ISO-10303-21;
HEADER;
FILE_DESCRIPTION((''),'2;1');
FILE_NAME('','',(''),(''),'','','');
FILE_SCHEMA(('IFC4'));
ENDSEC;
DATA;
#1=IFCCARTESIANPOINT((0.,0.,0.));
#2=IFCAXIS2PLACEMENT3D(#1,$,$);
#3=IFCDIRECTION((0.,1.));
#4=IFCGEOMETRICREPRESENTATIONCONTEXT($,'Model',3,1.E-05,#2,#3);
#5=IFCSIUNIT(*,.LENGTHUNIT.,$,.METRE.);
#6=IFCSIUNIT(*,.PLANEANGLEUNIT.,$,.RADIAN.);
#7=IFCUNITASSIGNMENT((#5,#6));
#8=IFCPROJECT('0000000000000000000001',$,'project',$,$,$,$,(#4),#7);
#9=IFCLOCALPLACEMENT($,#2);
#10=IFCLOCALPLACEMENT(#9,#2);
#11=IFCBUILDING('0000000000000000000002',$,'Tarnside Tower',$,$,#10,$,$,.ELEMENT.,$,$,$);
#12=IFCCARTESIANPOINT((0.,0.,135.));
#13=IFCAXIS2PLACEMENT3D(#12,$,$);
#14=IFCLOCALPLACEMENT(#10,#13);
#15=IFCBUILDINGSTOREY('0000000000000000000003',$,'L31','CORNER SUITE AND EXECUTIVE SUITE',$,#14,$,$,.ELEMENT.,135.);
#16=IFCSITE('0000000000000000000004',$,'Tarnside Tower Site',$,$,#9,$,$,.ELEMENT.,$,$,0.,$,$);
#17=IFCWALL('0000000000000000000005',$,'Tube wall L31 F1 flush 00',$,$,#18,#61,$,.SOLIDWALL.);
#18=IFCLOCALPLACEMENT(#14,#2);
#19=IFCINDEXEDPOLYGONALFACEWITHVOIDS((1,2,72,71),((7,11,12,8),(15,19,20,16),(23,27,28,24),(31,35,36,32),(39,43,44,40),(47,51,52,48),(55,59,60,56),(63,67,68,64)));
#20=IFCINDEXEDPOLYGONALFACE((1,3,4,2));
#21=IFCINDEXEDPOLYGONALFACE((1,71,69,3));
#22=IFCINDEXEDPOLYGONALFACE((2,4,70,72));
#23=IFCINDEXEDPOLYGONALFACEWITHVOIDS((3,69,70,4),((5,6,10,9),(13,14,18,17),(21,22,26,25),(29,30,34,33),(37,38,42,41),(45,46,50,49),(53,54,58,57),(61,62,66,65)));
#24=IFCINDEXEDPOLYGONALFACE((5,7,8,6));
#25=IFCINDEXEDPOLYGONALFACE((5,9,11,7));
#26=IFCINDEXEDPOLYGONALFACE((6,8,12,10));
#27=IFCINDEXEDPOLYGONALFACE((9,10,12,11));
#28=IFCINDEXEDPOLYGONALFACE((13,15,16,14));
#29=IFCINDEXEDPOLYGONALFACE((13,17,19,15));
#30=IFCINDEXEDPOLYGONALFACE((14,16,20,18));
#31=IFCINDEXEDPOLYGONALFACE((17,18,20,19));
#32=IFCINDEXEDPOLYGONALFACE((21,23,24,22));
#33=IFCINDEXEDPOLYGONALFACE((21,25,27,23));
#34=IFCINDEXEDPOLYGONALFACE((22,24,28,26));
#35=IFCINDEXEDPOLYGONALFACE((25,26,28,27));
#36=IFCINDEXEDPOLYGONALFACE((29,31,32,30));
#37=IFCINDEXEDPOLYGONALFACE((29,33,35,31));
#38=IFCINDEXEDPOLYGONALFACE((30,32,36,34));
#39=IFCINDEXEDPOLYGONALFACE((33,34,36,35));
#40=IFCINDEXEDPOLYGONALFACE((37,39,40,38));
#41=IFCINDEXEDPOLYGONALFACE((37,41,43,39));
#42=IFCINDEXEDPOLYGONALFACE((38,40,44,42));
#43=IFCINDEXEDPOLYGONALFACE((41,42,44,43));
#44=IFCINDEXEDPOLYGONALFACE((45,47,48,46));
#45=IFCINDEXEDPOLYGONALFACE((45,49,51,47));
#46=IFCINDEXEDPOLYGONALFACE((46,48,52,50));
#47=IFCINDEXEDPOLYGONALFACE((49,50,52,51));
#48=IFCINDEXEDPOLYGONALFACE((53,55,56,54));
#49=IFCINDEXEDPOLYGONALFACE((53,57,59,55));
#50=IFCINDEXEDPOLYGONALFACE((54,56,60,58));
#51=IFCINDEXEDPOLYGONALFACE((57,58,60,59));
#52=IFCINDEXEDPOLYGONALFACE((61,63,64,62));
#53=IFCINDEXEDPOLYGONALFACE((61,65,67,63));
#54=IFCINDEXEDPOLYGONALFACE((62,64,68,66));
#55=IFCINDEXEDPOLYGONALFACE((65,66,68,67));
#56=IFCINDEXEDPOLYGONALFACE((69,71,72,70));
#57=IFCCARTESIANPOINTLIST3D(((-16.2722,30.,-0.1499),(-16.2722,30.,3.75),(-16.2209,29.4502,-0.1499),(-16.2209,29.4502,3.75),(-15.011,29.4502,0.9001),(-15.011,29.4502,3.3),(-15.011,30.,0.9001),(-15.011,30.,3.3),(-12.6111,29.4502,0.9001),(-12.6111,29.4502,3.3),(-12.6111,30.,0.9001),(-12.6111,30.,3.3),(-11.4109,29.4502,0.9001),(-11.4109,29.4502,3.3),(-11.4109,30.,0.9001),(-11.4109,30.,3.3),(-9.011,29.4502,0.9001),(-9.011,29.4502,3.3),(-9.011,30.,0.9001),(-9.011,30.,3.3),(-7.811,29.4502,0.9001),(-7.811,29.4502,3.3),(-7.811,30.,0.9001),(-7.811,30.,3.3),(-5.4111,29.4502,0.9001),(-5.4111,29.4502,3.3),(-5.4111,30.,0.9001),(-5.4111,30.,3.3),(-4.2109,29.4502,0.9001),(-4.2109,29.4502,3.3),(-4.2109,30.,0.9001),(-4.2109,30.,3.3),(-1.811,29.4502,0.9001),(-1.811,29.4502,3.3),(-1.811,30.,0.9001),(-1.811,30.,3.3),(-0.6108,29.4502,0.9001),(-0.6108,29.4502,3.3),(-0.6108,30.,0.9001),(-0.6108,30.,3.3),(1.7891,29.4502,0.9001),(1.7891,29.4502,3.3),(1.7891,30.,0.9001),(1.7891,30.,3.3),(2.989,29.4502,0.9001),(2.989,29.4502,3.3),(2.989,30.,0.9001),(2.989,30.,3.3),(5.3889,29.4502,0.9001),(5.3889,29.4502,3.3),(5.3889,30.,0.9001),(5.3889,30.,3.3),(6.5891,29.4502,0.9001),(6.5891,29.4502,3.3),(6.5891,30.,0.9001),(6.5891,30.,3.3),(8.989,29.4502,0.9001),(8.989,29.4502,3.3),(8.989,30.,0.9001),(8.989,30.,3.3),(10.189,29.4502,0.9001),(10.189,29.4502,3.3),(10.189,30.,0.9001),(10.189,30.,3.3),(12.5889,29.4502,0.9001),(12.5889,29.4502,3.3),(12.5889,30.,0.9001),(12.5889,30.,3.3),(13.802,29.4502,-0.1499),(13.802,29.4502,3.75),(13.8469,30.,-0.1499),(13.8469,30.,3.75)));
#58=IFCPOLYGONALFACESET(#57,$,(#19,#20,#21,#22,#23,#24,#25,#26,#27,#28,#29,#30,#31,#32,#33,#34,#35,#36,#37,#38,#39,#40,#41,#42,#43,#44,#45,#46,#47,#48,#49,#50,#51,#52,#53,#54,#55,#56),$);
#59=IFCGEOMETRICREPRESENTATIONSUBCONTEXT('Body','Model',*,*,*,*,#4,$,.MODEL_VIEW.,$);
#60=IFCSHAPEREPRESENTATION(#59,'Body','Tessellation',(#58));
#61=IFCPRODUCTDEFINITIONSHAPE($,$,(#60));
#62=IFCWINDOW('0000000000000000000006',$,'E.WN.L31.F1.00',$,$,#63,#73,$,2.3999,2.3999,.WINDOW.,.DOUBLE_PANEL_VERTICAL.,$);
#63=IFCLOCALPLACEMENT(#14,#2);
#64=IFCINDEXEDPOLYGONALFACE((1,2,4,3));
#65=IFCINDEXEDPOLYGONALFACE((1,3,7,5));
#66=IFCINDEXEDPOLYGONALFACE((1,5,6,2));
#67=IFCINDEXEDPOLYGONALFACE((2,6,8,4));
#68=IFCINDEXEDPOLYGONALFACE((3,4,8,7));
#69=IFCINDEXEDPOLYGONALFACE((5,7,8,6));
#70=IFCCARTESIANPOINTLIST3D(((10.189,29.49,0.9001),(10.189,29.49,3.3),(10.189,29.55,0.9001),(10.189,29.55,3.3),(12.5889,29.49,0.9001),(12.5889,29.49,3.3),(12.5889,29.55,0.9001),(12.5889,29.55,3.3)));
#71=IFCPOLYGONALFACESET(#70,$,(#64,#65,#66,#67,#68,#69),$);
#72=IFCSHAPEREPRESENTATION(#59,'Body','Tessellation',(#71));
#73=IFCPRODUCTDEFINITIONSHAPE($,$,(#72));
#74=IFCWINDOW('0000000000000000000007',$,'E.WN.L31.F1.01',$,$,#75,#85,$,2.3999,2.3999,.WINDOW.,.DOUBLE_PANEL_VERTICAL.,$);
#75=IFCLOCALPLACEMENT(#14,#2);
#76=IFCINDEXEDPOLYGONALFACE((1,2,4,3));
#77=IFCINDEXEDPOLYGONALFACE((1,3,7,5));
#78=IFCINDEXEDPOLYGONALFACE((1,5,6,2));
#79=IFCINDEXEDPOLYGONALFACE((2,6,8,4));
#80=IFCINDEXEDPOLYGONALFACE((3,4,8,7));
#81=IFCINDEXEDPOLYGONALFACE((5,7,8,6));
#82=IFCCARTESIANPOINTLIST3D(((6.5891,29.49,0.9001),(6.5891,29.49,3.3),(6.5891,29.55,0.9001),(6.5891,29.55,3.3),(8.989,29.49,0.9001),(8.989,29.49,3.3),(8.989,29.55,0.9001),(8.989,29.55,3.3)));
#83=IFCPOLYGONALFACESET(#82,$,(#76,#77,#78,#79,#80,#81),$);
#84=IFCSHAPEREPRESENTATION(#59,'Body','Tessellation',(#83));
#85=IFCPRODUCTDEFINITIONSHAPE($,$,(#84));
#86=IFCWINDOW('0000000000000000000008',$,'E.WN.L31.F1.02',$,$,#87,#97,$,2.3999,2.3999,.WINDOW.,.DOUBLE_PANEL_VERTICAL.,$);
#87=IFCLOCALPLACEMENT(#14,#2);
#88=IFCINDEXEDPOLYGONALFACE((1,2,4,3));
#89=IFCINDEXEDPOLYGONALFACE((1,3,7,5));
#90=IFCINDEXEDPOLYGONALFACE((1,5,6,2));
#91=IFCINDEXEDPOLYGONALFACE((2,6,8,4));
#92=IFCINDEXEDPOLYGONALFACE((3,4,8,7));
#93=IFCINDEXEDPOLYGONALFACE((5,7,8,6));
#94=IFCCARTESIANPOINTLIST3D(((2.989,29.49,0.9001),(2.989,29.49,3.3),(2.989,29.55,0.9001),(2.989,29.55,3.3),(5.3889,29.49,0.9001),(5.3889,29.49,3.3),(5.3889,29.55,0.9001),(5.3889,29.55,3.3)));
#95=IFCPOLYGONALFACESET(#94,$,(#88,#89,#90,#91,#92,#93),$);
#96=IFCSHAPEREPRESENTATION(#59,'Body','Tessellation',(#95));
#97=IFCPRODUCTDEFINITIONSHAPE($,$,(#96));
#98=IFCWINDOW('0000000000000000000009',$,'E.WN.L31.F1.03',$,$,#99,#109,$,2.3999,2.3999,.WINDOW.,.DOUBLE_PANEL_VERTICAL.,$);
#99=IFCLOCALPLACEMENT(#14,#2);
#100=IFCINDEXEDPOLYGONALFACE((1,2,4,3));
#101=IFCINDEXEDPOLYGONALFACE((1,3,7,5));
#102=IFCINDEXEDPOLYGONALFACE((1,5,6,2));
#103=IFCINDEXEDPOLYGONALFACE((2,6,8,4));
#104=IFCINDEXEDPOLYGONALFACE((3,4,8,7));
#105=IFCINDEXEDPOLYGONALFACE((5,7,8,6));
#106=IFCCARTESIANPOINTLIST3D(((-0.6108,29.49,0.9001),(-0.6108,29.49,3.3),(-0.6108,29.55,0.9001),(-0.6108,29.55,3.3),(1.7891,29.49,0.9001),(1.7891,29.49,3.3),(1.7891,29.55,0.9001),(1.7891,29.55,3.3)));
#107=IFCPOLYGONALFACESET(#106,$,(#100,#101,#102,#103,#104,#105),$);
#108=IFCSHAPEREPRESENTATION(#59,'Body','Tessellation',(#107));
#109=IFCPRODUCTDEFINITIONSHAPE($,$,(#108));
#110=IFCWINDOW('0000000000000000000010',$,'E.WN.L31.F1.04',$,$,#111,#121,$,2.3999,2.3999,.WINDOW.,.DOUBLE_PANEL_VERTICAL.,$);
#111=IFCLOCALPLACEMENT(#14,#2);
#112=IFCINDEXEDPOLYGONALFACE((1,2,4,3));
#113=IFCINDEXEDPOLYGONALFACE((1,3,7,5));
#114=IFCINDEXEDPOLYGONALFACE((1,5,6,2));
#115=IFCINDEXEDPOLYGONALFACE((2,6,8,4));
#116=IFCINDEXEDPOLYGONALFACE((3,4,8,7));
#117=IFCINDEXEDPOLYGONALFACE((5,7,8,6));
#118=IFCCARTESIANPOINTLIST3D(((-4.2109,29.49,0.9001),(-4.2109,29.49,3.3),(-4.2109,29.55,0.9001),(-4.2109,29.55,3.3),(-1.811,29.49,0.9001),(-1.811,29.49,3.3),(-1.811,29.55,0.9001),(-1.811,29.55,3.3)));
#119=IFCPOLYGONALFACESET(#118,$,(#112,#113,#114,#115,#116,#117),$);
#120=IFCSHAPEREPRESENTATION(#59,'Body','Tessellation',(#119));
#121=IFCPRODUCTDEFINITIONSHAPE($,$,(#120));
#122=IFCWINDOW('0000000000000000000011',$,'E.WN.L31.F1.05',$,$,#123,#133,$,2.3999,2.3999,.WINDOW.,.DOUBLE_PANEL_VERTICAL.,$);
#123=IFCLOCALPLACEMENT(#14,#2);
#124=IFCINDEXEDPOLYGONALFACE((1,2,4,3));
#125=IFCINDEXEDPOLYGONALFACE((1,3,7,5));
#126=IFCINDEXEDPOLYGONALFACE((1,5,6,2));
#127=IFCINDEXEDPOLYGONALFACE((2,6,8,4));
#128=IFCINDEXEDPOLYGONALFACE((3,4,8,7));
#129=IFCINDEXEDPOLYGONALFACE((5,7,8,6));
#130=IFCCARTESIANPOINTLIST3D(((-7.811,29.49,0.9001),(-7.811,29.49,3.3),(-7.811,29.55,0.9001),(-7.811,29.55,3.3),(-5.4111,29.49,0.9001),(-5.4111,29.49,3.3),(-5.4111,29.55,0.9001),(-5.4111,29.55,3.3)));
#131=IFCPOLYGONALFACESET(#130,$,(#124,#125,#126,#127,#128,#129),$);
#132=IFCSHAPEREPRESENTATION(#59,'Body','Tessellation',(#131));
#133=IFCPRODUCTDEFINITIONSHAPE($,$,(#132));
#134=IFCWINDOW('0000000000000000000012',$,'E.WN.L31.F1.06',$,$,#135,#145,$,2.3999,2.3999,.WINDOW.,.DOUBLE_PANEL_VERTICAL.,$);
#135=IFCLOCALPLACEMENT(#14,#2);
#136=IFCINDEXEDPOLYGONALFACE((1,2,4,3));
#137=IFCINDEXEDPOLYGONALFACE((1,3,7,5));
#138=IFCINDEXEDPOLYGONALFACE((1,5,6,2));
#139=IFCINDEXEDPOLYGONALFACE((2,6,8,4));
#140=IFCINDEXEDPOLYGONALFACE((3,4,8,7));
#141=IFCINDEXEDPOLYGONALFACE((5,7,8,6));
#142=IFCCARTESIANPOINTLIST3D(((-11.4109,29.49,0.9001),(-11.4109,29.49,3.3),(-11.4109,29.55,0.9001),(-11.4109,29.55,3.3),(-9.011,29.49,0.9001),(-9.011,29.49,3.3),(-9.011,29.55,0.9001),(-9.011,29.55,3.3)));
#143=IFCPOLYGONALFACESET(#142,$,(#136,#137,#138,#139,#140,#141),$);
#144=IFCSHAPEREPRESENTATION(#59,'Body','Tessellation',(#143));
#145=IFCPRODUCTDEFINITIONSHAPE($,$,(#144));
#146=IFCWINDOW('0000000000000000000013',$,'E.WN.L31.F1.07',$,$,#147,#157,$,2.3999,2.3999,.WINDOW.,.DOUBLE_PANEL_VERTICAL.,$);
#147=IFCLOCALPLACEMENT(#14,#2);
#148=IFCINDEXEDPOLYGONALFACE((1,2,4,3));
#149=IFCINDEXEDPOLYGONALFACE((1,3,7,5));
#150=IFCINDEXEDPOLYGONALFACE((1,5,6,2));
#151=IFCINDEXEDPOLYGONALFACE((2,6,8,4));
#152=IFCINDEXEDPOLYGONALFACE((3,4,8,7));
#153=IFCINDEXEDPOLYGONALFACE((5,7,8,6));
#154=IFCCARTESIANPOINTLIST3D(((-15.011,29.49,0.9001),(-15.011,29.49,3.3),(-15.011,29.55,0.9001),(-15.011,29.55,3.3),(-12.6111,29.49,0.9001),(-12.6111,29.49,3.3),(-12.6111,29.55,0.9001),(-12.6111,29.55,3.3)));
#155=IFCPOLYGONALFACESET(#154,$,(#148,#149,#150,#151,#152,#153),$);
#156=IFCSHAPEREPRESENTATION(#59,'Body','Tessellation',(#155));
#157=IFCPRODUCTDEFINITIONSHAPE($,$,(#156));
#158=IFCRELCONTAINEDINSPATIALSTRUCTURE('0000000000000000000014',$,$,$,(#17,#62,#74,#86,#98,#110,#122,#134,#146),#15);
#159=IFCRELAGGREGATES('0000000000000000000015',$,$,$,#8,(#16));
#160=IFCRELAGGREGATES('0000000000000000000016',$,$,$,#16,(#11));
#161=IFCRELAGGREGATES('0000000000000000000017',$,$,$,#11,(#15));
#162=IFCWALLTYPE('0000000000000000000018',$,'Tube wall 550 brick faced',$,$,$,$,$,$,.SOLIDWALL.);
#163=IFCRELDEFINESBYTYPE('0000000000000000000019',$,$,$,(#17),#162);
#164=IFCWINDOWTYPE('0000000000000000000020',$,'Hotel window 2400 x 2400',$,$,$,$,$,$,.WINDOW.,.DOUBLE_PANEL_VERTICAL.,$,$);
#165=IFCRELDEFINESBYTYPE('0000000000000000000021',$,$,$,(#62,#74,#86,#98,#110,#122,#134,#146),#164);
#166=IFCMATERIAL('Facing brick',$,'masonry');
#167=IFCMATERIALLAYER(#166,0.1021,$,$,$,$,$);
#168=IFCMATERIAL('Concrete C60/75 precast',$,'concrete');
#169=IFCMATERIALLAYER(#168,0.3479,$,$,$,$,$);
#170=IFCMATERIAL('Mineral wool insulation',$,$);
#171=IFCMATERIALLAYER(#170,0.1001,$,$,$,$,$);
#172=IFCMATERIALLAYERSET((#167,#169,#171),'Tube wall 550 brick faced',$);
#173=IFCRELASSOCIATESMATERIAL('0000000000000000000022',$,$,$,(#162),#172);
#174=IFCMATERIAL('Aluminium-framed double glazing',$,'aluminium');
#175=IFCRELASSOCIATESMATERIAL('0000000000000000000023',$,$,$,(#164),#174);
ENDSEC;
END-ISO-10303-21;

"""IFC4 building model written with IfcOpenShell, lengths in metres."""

from ifc_helpers import new_model, si_unit, direction, frame, frame_2d, origin, place, context, subcontext, project, spatial, polyline, rectangle, outline, extrude, material, layer, layer_set, type_object, element, fill, save


model = new_model("IFC4")

# Units and contexts
model_context = context("Model", 3, precision=1e-05, world=origin(), true_north=direction((0.0, 1.0)))
body_context = subcontext(model_context, "Body", "Model", "MODEL_VIEW")
ifc_project = project(units=[si_unit("LENGTHUNIT", "METRE"), si_unit("PLANEANGLEUNIT", "RADIAN")], contexts=[model_context])

# Site, building, storey
site_placement = place(None, origin())
site = spatial("IfcSite", under=ifc_project, at=site_placement, Name="Tarnside Tower Site", CompositionType="ELEMENT", RefElevation=0.0)
building_placement = place(site_placement, origin())
building = spatial("IfcBuilding", under=site, at=building_placement, Name="Tarnside Tower", CompositionType="ELEMENT")
storey_placement = place(building_placement, frame((0.0, 0.0, 135.0)))
storey = spatial("IfcBuildingStorey", under=building, at=storey_placement, Name="L31", Description="CORNER SUITE AND EXECUTIVE SUITE", CompositionType="ELEMENT", Elevation=135.0)

# Wall, openings, windows
ifc_material_1 = material(Name="Facing brick", Category="masonry")
ifc_layer_1 = layer(ifc_material_1, 0.1021)
ifc_material_2 = material(Name="Concrete C60/75 precast", Category="concrete")
ifc_layer_2 = layer(ifc_material_2, 0.3479)
ifc_material_3 = material(Name="Mineral wool insulation")
ifc_layer_3 = layer(ifc_material_3, 0.1001)
ifc_layer_set_1 = layer_set([ifc_layer_1, ifc_layer_2, ifc_layer_3], Name="Tube wall 550 brick faced")
wall_type_1 = type_object("IfcWallType", Name="Tube wall 550 brick faced", PredefinedType="SOLIDWALL", material=ifc_layer_set_1)
wall_1_placement = place(storey_placement, frame((13.8245, 29.7251, -0.1499), z_axis=(0.0, 0.0, 1.0), x_axis=(-1.0, 0.0, 0.0)))
wall_1 = element("IfcWall", 1, at=wall_1_placement, inside=storey, type_object=wall_type_1, Name="Tube wall L31 F1 flush 00", PredefinedType="SOLIDWALL", context=body_context, shape_type="SweptSolid", body=[
    extrude(outline(polyline([(-0.0225, -0.2749), (30.0967, -0.2749), (30.0454, 0.2749), (0.0225, 0.2749), (-0.0225, -0.2749)])), origin(), (0.0, 0.0, 1.0), 3.8999),
])
opening_1_placement = place(wall_1_placement, frame((1.2356, 0.0, 1.05)))
opening_1 = element("IfcOpeningElement", 2, at=opening_1_placement, cuts=wall_1, PredefinedType="OPENING", context=body_context, shape_type="SweptSolid", body=[
    extrude(rectangle(XDim=2.3999, YDim=2.3999, at=frame_2d((1.2, 1.2))), frame((0.0, 0.2852, 0.0), z_axis=(0.0, -1.0, 0.0), x_axis=(1.0, 0.0, 0.0)), (0.0, 0.0, 1.0), 0.5701),
])
opening_2_placement = place(wall_1_placement, frame((4.8354, 0.0, 1.05)))
opening_2 = element("IfcOpeningElement", 3, at=opening_2_placement, cuts=wall_1, PredefinedType="OPENING", context=body_context, shape_type="SweptSolid", body=[
    extrude(rectangle(XDim=2.3999, YDim=2.3999, at=frame_2d((1.2, 1.2))), frame((0.0, 0.2852, 0.0), z_axis=(0.0, -1.0, 0.0), x_axis=(1.0, 0.0, 0.0)), (0.0, 0.0, 1.0), 0.5701),
])
opening_3_placement = place(wall_1_placement, frame((8.4355, 0.0, 1.05)))
opening_3 = element("IfcOpeningElement", 4, at=opening_3_placement, cuts=wall_1, PredefinedType="OPENING", context=body_context, shape_type="SweptSolid", body=[
    extrude(rectangle(XDim=2.3999, YDim=2.3999, at=frame_2d((1.2, 1.2))), frame((0.0, 0.2852, 0.0), z_axis=(0.0, -1.0, 0.0), x_axis=(1.0, 0.0, 0.0)), (0.0, 0.0, 1.0), 0.5701),
])
opening_4_placement = place(wall_1_placement, frame((12.0354, 0.0, 1.05)))
opening_4 = element("IfcOpeningElement", 5, at=opening_4_placement, cuts=wall_1, PredefinedType="OPENING", context=body_context, shape_type="SweptSolid", body=[
    extrude(rectangle(XDim=2.3999, YDim=2.3999, at=frame_2d((1.2, 1.2))), frame((0.0, 0.2852, 0.0), z_axis=(0.0, -1.0, 0.0), x_axis=(1.0, 0.0, 0.0)), (0.0, 0.0, 1.0), 0.5701),
])
opening_5_placement = place(wall_1_placement, frame((15.6355, 0.0, 1.05)))
opening_5 = element("IfcOpeningElement", 6, at=opening_5_placement, cuts=wall_1, PredefinedType="OPENING", context=body_context, shape_type="SweptSolid", body=[
    extrude(rectangle(XDim=2.3999, YDim=2.3999, at=frame_2d((1.2, 1.2))), frame((0.0, 0.2852, 0.0), z_axis=(0.0, -1.0, 0.0), x_axis=(1.0, 0.0, 0.0)), (0.0, 0.0, 1.0), 0.5701),
])
opening_6_placement = place(wall_1_placement, frame((19.2356, 0.0, 1.05)))
opening_6 = element("IfcOpeningElement", 7, at=opening_6_placement, cuts=wall_1, PredefinedType="OPENING", context=body_context, shape_type="SweptSolid", body=[
    extrude(rectangle(XDim=2.3999, YDim=2.3999, at=frame_2d((1.2, 1.2))), frame((0.0, 0.2852, 0.0), z_axis=(0.0, -1.0, 0.0), x_axis=(1.0, 0.0, 0.0)), (0.0, 0.0, 1.0), 0.5701),
])
opening_7_placement = place(wall_1_placement, frame((22.8354, 0.0, 1.05)))
opening_7 = element("IfcOpeningElement", 8, at=opening_7_placement, cuts=wall_1, PredefinedType="OPENING", context=body_context, shape_type="SweptSolid", body=[
    extrude(rectangle(XDim=2.3999, YDim=2.3999, at=frame_2d((1.2, 1.2))), frame((0.0, 0.2852, 0.0), z_axis=(0.0, -1.0, 0.0), x_axis=(1.0, 0.0, 0.0)), (0.0, 0.0, 1.0), 0.5701),
])
opening_8_placement = place(wall_1_placement, frame((26.4355, 0.0, 1.05)))
opening_8 = element("IfcOpeningElement", 9, at=opening_8_placement, cuts=wall_1, PredefinedType="OPENING", context=body_context, shape_type="SweptSolid", body=[
    extrude(rectangle(XDim=2.3999, YDim=2.3999, at=frame_2d((1.2, 1.2))), frame((0.0, 0.2852, 0.0), z_axis=(0.0, -1.0, 0.0), x_axis=(1.0, 0.0, 0.0)), (0.0, 0.0, 1.0), 0.5701),
])
ifc_material_4 = material(Name="Aluminium-framed double glazing", Category="aluminium")
window_type = type_object("IfcWindowType", Name="Hotel window 2400 x 2400", PartitioningType="DOUBLE_PANEL_VERTICAL", PredefinedType="WINDOW", material=ifc_material_4)
window_1_placement = place(opening_1_placement, frame((0.0, 0.2051, 0.0)))
window_1 = element("IfcWindow", 10, at=window_1_placement, inside=storey, type_object=window_type, Name="E.WN.L31.F1.00", OverallHeight=2.3999, OverallWidth=2.3999, PartitioningType="DOUBLE_PANEL_VERTICAL", PredefinedType="WINDOW", context=body_context, shape_type="SweptSolid", body=[
    extrude(rectangle(XDim=2.3999, YDim=2.3999, at=frame_2d((1.2, 1.2))), frame((0.0, 0.03, 0.0), z_axis=(0.0, -1.0, 0.0), x_axis=(1.0, 0.0, 0.0)), (0.0, 0.0, 1.0), 0.0601),
])
fill(opening_1, window_1)
window_2_placement = place(opening_2_placement, frame((0.0, 0.2051, 0.0)))
window_2 = element("IfcWindow", 11, at=window_2_placement, inside=storey, type_object=window_type, Name="E.WN.L31.F1.01", OverallHeight=2.3999, OverallWidth=2.3999, PartitioningType="DOUBLE_PANEL_VERTICAL", PredefinedType="WINDOW", context=body_context, shape_type="SweptSolid", body=[
    extrude(rectangle(XDim=2.3999, YDim=2.3999, at=frame_2d((1.2, 1.2))), frame((0.0, 0.03, 0.0), z_axis=(0.0, -1.0, 0.0), x_axis=(1.0, 0.0, 0.0)), (0.0, 0.0, 1.0), 0.0601),
])
fill(opening_2, window_2)
window_3_placement = place(opening_3_placement, frame((0.0, 0.2051, 0.0)))
window_3 = element("IfcWindow", 12, at=window_3_placement, inside=storey, type_object=window_type, Name="E.WN.L31.F1.02", OverallHeight=2.3999, OverallWidth=2.3999, PartitioningType="DOUBLE_PANEL_VERTICAL", PredefinedType="WINDOW", context=body_context, shape_type="SweptSolid", body=[
    extrude(rectangle(XDim=2.3999, YDim=2.3999, at=frame_2d((1.2, 1.2))), frame((0.0, 0.03, 0.0), z_axis=(0.0, -1.0, 0.0), x_axis=(1.0, 0.0, 0.0)), (0.0, 0.0, 1.0), 0.0601),
])
fill(opening_3, window_3)
window_4_placement = place(opening_4_placement, frame((0.0, 0.2051, 0.0)))
window_4 = element("IfcWindow", 13, at=window_4_placement, inside=storey, type_object=window_type, Name="E.WN.L31.F1.03", OverallHeight=2.3999, OverallWidth=2.3999, PartitioningType="DOUBLE_PANEL_VERTICAL", PredefinedType="WINDOW", context=body_context, shape_type="SweptSolid", body=[
    extrude(rectangle(XDim=2.3999, YDim=2.3999, at=frame_2d((1.2, 1.2))), frame((0.0, 0.03, 0.0), z_axis=(0.0, -1.0, 0.0), x_axis=(1.0, 0.0, 0.0)), (0.0, 0.0, 1.0), 0.0601),
])
fill(opening_4, window_4)
window_5_placement = place(opening_5_placement, frame((0.0, 0.2051, 0.0)))
window_5 = element("IfcWindow", 14, at=window_5_placement, inside=storey, type_object=window_type, Name="E.WN.L31.F1.04", OverallHeight=2.3999, OverallWidth=2.3999, PartitioningType="DOUBLE_PANEL_VERTICAL", PredefinedType="WINDOW", context=body_context, shape_type="SweptSolid", body=[
    extrude(rectangle(XDim=2.3999, YDim=2.3999, at=frame_2d((1.2, 1.2))), frame((0.0, 0.03, 0.0), z_axis=(0.0, -1.0, 0.0), x_axis=(1.0, 0.0, 0.0)), (0.0, 0.0, 1.0), 0.0601),
])
fill(opening_5, window_5)
window_6_placement = place(opening_6_placement, frame((0.0, 0.2051, 0.0)))
window_6 = element("IfcWindow", 15, at=window_6_placement, inside=storey, type_object=window_type, Name="E.WN.L31.F1.05", OverallHeight=2.3999, OverallWidth=2.3999, PartitioningType="DOUBLE_PANEL_VERTICAL", PredefinedType="WINDOW", context=body_context, shape_type="SweptSolid", body=[
    extrude(rectangle(XDim=2.3999, YDim=2.3999, at=frame_2d((1.2, 1.2))), frame((0.0, 0.03, 0.0), z_axis=(0.0, -1.0, 0.0), x_axis=(1.0, 0.0, 0.0)), (0.0, 0.0, 1.0), 0.0601),
])
fill(opening_6, window_6)
window_7_placement = place(opening_7_placement, frame((0.0, 0.2051, 0.0)))
window_7 = element("IfcWindow", 16, at=window_7_placement, inside=storey, type_object=window_type, Name="E.WN.L31.F1.06", OverallHeight=2.3999, OverallWidth=2.3999, PartitioningType="DOUBLE_PANEL_VERTICAL", PredefinedType="WINDOW", context=body_context, shape_type="SweptSolid", body=[
    extrude(rectangle(XDim=2.3999, YDim=2.3999, at=frame_2d((1.2, 1.2))), frame((0.0, 0.03, 0.0), z_axis=(0.0, -1.0, 0.0), x_axis=(1.0, 0.0, 0.0)), (0.0, 0.0, 1.0), 0.0601),
])
fill(opening_7, window_7)
window_8_placement = place(opening_8_placement, frame((0.0, 0.2051, 0.0)))
window_8 = element("IfcWindow", 17, at=window_8_placement, inside=storey, type_object=window_type, Name="E.WN.L31.F1.07", OverallHeight=2.3999, OverallWidth=2.3999, PartitioningType="DOUBLE_PANEL_VERTICAL", PredefinedType="WINDOW", context=body_context, shape_type="SweptSolid", body=[
    extrude(rectangle(XDim=2.3999, YDim=2.3999, at=frame_2d((1.2, 1.2))), frame((0.0, 0.03, 0.0), z_axis=(0.0, -1.0, 0.0), x_axis=(1.0, 0.0, 0.0)), (0.0, 0.0, 1.0), 0.0601),
])
fill(opening_8, window_8)

save(model, "model.ifc")
